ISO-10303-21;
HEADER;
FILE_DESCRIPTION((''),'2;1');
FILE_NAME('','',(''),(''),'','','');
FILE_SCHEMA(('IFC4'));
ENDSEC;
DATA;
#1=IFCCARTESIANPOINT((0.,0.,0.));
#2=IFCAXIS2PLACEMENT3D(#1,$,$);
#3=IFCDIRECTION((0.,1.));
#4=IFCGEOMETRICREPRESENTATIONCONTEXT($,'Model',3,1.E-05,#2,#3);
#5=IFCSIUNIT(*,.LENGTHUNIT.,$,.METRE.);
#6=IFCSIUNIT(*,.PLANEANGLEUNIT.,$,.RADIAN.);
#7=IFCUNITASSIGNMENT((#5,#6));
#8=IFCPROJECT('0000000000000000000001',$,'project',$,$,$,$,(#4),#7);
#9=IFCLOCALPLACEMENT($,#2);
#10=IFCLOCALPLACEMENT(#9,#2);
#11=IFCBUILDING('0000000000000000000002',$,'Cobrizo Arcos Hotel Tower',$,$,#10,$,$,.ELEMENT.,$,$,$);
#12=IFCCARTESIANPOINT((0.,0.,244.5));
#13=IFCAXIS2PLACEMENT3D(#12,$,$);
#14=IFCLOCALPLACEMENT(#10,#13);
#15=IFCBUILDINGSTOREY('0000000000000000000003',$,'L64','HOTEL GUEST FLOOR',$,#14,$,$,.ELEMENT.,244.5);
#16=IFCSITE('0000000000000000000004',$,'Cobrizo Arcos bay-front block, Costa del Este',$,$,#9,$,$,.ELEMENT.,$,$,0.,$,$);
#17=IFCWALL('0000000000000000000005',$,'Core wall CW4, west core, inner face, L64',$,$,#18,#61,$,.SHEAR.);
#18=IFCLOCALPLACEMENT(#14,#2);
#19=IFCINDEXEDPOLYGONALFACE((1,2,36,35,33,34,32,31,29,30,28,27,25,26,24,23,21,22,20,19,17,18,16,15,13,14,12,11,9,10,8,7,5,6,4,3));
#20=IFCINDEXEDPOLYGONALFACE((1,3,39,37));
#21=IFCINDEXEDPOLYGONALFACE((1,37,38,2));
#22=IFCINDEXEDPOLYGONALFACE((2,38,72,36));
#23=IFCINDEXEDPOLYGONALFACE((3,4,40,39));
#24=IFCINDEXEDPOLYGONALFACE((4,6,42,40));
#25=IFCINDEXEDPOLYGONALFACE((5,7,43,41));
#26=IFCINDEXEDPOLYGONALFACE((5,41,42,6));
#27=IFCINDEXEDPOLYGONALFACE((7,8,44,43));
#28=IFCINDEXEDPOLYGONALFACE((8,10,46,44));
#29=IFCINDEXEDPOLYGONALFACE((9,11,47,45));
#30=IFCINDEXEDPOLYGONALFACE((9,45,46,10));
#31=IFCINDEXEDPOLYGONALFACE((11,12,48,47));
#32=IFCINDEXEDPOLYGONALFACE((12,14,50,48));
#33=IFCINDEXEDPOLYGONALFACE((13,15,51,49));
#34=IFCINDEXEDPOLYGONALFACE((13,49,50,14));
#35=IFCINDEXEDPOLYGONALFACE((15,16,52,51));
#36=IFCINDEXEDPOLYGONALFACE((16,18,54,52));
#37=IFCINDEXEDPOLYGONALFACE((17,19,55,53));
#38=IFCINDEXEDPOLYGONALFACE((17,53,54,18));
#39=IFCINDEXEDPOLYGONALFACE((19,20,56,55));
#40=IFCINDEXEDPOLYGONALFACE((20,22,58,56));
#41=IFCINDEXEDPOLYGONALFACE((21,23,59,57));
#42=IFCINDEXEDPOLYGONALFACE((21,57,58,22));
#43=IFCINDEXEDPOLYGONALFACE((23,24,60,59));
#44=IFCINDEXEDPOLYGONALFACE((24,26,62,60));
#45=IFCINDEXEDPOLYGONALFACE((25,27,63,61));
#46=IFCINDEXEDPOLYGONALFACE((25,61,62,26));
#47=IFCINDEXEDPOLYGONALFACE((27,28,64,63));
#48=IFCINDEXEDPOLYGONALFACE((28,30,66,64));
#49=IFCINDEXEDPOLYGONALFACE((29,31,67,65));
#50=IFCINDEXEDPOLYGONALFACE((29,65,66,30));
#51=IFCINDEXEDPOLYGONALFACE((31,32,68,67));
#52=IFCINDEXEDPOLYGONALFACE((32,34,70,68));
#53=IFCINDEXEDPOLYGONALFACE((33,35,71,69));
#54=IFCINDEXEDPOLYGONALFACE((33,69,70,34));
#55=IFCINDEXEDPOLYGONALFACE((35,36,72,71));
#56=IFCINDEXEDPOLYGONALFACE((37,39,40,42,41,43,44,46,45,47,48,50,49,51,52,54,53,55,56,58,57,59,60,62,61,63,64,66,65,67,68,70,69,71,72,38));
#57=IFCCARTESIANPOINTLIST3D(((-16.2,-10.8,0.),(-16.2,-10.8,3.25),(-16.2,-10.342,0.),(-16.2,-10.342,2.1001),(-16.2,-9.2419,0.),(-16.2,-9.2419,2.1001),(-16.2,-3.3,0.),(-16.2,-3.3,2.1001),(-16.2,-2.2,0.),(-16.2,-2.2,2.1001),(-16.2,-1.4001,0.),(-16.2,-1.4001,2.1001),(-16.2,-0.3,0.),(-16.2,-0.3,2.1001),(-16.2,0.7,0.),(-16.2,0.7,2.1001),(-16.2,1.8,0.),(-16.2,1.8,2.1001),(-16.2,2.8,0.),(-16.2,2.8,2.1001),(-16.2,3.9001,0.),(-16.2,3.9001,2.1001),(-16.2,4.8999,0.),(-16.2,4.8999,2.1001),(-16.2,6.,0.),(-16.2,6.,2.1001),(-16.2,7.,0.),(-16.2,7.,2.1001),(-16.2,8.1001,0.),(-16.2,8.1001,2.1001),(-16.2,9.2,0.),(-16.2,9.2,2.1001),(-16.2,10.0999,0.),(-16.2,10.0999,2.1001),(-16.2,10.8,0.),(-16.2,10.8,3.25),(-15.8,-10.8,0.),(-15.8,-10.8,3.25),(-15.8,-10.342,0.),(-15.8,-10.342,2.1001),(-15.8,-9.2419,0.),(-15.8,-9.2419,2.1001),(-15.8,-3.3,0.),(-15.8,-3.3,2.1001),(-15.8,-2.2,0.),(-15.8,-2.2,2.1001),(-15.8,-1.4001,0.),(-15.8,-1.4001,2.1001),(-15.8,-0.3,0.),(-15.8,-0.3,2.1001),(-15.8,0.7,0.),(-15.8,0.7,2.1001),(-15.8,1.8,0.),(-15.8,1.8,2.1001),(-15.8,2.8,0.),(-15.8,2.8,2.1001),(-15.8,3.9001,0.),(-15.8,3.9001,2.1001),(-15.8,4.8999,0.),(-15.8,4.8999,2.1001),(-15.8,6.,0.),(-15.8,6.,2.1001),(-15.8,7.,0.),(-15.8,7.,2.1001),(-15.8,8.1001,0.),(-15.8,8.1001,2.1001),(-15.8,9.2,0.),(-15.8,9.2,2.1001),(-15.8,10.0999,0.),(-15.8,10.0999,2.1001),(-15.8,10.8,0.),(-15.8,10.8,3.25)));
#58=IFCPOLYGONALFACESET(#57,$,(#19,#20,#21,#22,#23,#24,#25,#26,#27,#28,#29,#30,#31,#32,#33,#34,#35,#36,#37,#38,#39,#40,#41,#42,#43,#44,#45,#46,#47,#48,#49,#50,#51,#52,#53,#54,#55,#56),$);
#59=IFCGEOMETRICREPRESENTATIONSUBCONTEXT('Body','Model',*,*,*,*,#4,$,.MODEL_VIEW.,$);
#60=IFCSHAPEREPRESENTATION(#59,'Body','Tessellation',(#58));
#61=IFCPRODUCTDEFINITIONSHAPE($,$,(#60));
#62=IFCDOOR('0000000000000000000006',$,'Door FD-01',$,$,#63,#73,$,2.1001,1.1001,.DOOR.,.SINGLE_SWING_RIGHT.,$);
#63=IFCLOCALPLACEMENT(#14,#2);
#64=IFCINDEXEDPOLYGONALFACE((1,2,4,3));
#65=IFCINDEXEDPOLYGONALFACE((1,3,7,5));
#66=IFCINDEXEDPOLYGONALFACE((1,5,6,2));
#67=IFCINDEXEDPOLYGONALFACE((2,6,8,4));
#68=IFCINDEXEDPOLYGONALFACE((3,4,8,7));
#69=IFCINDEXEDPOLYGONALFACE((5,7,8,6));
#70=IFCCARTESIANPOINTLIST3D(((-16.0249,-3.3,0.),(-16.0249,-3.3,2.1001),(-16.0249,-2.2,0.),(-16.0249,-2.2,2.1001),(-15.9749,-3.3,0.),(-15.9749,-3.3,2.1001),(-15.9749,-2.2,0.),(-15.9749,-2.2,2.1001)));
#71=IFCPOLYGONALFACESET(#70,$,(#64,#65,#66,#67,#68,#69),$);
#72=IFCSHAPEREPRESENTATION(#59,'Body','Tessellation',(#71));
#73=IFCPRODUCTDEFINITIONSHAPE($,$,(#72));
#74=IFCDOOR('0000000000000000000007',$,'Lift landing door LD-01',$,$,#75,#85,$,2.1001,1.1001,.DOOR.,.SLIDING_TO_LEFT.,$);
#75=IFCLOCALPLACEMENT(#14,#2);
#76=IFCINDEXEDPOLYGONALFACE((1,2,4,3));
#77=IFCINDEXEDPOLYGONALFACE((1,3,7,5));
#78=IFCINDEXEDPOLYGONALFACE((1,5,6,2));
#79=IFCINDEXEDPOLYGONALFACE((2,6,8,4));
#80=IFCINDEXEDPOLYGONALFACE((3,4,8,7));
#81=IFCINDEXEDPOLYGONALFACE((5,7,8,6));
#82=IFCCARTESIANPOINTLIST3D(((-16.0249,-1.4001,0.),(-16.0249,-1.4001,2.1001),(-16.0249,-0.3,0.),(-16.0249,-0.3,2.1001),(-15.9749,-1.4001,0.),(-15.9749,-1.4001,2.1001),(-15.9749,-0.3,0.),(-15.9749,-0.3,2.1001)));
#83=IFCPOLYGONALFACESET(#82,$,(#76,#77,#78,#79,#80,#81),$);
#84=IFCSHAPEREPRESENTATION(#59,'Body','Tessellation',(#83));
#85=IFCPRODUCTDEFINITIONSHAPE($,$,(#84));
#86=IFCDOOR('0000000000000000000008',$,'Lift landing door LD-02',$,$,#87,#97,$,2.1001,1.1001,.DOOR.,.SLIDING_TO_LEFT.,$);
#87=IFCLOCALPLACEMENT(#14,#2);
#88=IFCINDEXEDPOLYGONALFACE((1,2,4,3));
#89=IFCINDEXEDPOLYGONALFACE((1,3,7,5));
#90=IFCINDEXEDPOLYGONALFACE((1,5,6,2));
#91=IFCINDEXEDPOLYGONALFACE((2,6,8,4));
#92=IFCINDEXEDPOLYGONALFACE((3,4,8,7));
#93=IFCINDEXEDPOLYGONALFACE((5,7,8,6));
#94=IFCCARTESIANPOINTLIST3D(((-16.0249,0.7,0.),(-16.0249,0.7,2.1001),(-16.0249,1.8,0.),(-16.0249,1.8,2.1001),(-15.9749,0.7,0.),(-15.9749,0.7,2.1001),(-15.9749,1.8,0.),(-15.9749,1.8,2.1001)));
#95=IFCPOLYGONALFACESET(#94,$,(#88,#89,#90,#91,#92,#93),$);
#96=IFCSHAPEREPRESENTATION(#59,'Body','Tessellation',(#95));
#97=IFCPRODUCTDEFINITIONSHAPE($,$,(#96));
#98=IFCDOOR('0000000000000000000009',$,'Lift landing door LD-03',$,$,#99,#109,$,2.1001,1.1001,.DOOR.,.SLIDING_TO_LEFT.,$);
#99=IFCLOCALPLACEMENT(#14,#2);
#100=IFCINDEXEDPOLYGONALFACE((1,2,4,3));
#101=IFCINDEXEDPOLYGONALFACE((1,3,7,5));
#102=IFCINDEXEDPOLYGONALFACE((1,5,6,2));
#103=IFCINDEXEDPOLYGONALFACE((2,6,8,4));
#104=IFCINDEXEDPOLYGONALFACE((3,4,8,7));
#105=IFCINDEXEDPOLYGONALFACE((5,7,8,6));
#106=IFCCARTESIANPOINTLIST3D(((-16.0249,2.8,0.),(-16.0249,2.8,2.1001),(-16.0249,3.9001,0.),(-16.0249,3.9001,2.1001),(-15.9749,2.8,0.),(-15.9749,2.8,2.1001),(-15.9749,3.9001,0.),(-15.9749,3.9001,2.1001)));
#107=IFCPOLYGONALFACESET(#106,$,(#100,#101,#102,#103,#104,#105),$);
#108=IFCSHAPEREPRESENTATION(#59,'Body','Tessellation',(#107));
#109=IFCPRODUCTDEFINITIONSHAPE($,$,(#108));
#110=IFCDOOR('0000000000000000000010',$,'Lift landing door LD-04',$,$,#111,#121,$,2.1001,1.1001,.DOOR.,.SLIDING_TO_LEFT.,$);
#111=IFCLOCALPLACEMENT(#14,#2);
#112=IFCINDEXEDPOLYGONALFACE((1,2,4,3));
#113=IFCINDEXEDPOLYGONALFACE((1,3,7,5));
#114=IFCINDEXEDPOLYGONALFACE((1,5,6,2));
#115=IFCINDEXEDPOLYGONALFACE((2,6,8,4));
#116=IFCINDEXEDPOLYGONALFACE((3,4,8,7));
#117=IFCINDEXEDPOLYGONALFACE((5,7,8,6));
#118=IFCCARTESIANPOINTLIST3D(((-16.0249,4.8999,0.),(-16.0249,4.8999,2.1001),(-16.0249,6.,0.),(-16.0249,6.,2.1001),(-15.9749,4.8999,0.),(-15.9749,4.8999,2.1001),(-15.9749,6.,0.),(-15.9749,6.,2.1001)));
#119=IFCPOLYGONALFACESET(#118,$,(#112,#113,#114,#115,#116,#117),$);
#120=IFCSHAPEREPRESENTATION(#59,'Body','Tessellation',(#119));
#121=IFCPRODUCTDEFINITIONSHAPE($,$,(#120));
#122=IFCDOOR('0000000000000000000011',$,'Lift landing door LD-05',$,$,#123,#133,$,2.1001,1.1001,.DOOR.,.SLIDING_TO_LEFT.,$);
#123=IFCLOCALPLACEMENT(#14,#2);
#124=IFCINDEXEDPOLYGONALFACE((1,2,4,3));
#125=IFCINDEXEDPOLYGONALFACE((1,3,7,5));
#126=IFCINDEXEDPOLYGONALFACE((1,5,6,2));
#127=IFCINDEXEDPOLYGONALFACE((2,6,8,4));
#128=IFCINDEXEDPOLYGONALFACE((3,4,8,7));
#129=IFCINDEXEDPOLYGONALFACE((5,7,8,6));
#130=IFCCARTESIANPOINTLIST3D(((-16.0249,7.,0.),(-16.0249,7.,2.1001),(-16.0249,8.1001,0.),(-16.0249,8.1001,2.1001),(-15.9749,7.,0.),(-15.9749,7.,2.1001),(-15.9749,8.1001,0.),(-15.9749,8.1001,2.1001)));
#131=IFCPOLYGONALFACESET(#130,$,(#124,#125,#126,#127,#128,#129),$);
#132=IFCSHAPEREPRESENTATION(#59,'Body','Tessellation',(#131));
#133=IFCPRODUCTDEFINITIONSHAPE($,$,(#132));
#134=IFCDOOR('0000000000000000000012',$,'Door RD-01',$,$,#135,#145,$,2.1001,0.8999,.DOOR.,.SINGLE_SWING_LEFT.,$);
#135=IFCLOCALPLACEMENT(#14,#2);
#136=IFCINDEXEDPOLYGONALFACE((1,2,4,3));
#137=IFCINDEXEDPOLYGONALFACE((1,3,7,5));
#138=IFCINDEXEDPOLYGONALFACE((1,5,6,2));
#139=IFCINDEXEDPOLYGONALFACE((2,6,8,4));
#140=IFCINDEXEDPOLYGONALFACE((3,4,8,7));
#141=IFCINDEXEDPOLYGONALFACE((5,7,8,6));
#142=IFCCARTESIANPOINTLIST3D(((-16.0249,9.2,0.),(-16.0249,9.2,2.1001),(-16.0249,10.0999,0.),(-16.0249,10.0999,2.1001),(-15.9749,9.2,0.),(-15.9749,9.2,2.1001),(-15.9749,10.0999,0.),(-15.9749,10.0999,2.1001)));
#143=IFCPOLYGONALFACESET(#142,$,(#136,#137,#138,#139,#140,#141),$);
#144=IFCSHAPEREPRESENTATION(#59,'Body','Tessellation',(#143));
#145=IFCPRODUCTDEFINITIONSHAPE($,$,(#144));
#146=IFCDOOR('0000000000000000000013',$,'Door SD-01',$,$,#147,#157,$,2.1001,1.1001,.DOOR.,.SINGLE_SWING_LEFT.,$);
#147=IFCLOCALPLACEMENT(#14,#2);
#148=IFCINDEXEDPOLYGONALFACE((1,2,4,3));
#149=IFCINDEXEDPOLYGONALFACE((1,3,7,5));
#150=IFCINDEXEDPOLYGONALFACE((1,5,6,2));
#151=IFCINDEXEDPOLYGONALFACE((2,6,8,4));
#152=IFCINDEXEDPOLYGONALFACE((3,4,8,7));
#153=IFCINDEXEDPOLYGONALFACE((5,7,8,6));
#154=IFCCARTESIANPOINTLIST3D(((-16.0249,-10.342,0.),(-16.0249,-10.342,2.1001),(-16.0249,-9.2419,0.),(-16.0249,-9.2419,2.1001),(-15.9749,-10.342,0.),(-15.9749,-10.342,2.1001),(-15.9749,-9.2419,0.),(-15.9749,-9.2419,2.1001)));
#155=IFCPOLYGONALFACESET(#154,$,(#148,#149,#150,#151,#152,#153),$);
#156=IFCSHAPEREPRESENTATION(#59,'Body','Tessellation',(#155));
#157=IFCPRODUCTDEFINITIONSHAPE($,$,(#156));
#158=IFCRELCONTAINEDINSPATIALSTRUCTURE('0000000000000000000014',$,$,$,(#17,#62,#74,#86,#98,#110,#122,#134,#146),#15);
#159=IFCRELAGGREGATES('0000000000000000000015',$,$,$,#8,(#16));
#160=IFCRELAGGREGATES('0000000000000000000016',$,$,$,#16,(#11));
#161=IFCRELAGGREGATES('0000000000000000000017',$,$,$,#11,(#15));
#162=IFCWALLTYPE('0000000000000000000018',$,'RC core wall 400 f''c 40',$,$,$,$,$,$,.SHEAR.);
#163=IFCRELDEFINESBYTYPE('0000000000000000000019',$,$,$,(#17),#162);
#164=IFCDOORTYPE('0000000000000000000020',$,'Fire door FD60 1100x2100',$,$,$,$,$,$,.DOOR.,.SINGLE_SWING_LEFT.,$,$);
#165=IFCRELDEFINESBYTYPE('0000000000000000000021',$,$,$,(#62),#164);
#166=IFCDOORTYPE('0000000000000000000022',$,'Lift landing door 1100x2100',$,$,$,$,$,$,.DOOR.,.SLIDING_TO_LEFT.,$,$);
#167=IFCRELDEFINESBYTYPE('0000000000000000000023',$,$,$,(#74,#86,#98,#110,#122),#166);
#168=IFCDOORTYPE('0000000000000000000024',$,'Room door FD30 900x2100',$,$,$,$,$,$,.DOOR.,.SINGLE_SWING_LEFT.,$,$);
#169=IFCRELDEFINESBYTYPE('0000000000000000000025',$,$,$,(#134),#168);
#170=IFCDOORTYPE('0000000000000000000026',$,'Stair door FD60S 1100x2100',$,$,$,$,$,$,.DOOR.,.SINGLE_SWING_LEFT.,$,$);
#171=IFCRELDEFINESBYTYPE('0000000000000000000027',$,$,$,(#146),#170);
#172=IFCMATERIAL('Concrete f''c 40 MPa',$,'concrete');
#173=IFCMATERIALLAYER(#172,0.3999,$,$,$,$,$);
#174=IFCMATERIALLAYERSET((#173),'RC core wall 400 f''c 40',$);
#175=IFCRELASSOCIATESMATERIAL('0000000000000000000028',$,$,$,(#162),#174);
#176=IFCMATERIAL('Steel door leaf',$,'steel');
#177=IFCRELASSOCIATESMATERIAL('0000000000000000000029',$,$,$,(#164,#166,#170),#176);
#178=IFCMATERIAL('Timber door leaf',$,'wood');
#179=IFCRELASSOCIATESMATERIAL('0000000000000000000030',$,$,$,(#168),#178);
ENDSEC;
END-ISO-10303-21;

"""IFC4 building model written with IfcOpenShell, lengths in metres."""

from ifc_helpers import new_model, si_unit, direction, frame, frame_2d, origin, place, context, subcontext, project, spatial, rectangle, extrude, material, layer, layer_set, type_object, element, fill, save


model = new_model("IFC4")

# Units and contexts
model_context = context("Model", 3, precision=1e-05, world=origin(), true_north=direction((0.0, 1.0)))
body_context = subcontext(model_context, "Body", "Model", "MODEL_VIEW")
ifc_project = project(units=[si_unit("LENGTHUNIT", "METRE"), si_unit("PLANEANGLEUNIT", "RADIAN")], contexts=[model_context])

# Site, building, storey
site_placement = place(None, origin())
site = spatial("IfcSite", under=ifc_project, at=site_placement, Name="Cobrizo Arcos bay-front block, Costa del Este", CompositionType="ELEMENT", RefElevation=0.0)
building_placement = place(site_placement, origin())
building = spatial("IfcBuilding", under=site, at=building_placement, Name="Cobrizo Arcos Hotel Tower", CompositionType="ELEMENT")
storey_placement = place(building_placement, frame((0.0, 0.0, 244.5)))
storey = spatial("IfcBuildingStorey", under=building, at=storey_placement, Name="L64", Description="HOTEL GUEST FLOOR", CompositionType="ELEMENT", Elevation=244.5)

# Wall, openings, doors
ifc_material_1 = material(Name="Concrete f'c 40 MPa", Category="concrete")
ifc_layer_1 = layer(ifc_material_1, 0.3999)
ifc_layer_set_1 = layer_set([ifc_layer_1], Name="RC core wall 400 f'c 40")
wall_type_1 = type_object("IfcWallType", Name="RC core wall 400 f'c 40", PredefinedType="SHEAR", material=ifc_layer_set_1)
wall_1_placement = place(storey_placement, frame((-16.0, -10.8, 0.0), z_axis=(0.0, 0.0, 1.0), x_axis=(0.0, 1.0, 0.0)))
wall_1 = element("IfcWall", 1, at=wall_1_placement, inside=storey, type_object=wall_type_1, Name="Core wall CW4, west core, inner face, L64", PredefinedType="SHEAR", context=body_context, shape_type="SweptSolid", body=[
    extrude(rectangle(XDim=21.6001, YDim=0.3999, at=frame_2d((10.8, 0.0))), origin(), (0.0, 0.0, 1.0), 3.25),
])
opening_1_placement = place(wall_1_placement, frame((9.3999, 0.0, 0.0)))
opening_1 = element("IfcOpeningElement", 2, at=opening_1_placement, cuts=wall_1, PredefinedType="OPENING", context=body_context, shape_type="SweptSolid", body=[
    extrude(rectangle(XDim=1.1001, YDim=2.1001, at=frame_2d((0.55, 1.05))), frame((0.0, 0.2119, 0.0), z_axis=(0.0, -1.0, 0.0), x_axis=(1.0, 0.0, 0.0)), (0.0, 0.0, 1.0), 0.4238),
])
opening_2_placement = place(wall_1_placement, frame((11.5, 0.0, 0.0)))
opening_2 = element("IfcOpeningElement", 3, at=opening_2_placement, cuts=wall_1, PredefinedType="OPENING", context=body_context, shape_type="SweptSolid", body=[
    extrude(rectangle(XDim=1.1001, YDim=2.1001, at=frame_2d((0.55, 1.05))), frame((0.0, 0.2119, 0.0), z_axis=(0.0, -1.0, 0.0), x_axis=(1.0, 0.0, 0.0)), (0.0, 0.0, 1.0), 0.4238),
])
opening_3_placement = place(wall_1_placement, frame((13.6001, 0.0, 0.0)))
opening_3 = element("IfcOpeningElement", 4, at=opening_3_placement, cuts=wall_1, PredefinedType="OPENING", context=body_context, shape_type="SweptSolid", body=[
    extrude(rectangle(XDim=1.1001, YDim=2.1001, at=frame_2d((0.55, 1.05))), frame((0.0, 0.2119, 0.0), z_axis=(0.0, -1.0, 0.0), x_axis=(1.0, 0.0, 0.0)), (0.0, 0.0, 1.0), 0.4238),
])
opening_4_placement = place(wall_1_placement, frame((15.7, 0.0, 0.0)))
opening_4 = element("IfcOpeningElement", 5, at=opening_4_placement, cuts=wall_1, PredefinedType="OPENING", context=body_context, shape_type="SweptSolid", body=[
    extrude(rectangle(XDim=1.1001, YDim=2.1001, at=frame_2d((0.55, 1.05))), frame((0.0, 0.2119, 0.0), z_axis=(0.0, -1.0, 0.0), x_axis=(1.0, 0.0, 0.0)), (0.0, 0.0, 1.0), 0.4238),
])
opening_5_placement = place(wall_1_placement, frame((17.8, 0.0, 0.0)))
opening_5 = element("IfcOpeningElement", 6, at=opening_5_placement, cuts=wall_1, PredefinedType="OPENING", context=body_context, shape_type="SweptSolid", body=[
    extrude(rectangle(XDim=1.1001, YDim=2.1001, at=frame_2d((0.55, 1.05))), frame((0.0, 0.2119, 0.0), z_axis=(0.0, -1.0, 0.0), x_axis=(1.0, 0.0, 0.0)), (0.0, 0.0, 1.0), 0.4238),
])
opening_6_placement = place(wall_1_placement, frame((0.458, 0.0, 0.0)))
opening_6 = element("IfcOpeningElement", 7, at=opening_6_placement, cuts=wall_1, PredefinedType="OPENING", context=body_context, shape_type="SweptSolid", body=[
    extrude(rectangle(XDim=1.1001, YDim=2.1001, at=frame_2d((0.55, 1.05))), frame((0.0, 0.2119, 0.0), z_axis=(0.0, -1.0, 0.0), x_axis=(1.0, 0.0, 0.0)), (0.0, 0.0, 1.0), 0.4238),
])
opening_7_placement = place(wall_1_placement, frame((7.5, 0.0, 0.0)))
opening_7 = element("IfcOpeningElement", 8, at=opening_7_placement, cuts=wall_1, PredefinedType="OPENING", context=body_context, shape_type="SweptSolid", body=[
    extrude(rectangle(XDim=1.1001, YDim=2.1001, at=frame_2d((0.55, 1.05))), frame((0.0, 0.2119, 0.0), z_axis=(0.0, -1.0, 0.0), x_axis=(1.0, 0.0, 0.0)), (0.0, 0.0, 1.0), 0.4238),
])
opening_8_placement = place(wall_1_placement, frame((20.0, 0.0, 0.0)))
opening_8 = element("IfcOpeningElement", 9, at=opening_8_placement, cuts=wall_1, PredefinedType="OPENING", context=body_context, shape_type="SweptSolid", body=[
    extrude(rectangle(XDim=0.8999, YDim=2.1001, at=frame_2d((0.45, 1.05))), frame((0.0, 0.2119, 0.0), z_axis=(0.0, -1.0, 0.0), x_axis=(1.0, 0.0, 0.0)), (0.0, 0.0, 1.0), 0.4238),
])
ifc_material_2 = material(Name="Steel door leaf", Category="steel")
door_type_1 = type_object("IfcDoorType", Name="Fire door FD60 1100x2100", OperationType="SINGLE_SWING_LEFT", PredefinedType="DOOR", material=ifc_material_2)
door_1_placement = place(opening_7_placement, origin())
door_1 = element("IfcDoor", 10, at=door_1_placement, inside=storey, type_object=door_type_1, Name="Door FD-01", OperationType="SINGLE_SWING_RIGHT", OverallHeight=2.1001, OverallWidth=1.1001, PredefinedType="DOOR", context=body_context, shape_type="SweptSolid", body=[
    extrude(rectangle(XDim=1.1001, YDim=2.1001, at=frame_2d((0.55, 1.05))), frame((0.0, 0.0249, 0.0), z_axis=(0.0, -1.0, 0.0), x_axis=(1.0, 0.0, 0.0)), (0.0, 0.0, 1.0), 0.05),
])
fill(opening_7, door_1)
door_type_2 = type_object("IfcDoorType", Name="Lift landing door 1100x2100", OperationType="SLIDING_TO_LEFT", PredefinedType="DOOR", material=ifc_material_2)
door_2_placement = place(opening_1_placement, origin())
door_2 = element("IfcDoor", 11, at=door_2_placement, inside=storey, type_object=door_type_2, Name="Lift landing door LD-01", OperationType="SLIDING_TO_LEFT", OverallHeight=2.1001, OverallWidth=1.1001, PredefinedType="DOOR", context=body_context, shape_type="SweptSolid", body=[
    extrude(rectangle(XDim=1.1001, YDim=2.1001, at=frame_2d((0.55, 1.05))), frame((0.0, 0.0249, 0.0), z_axis=(0.0, -1.0, 0.0), x_axis=(1.0, 0.0, 0.0)), (0.0, 0.0, 1.0), 0.05),
])
fill(opening_1, door_2)
door_3_placement = place(opening_2_placement, origin())
door_3 = element("IfcDoor", 12, at=door_3_placement, inside=storey, type_object=door_type_2, Name="Lift landing door LD-02", OperationType="SLIDING_TO_LEFT", OverallHeight=2.1001, OverallWidth=1.1001, PredefinedType="DOOR", context=body_context, shape_type="SweptSolid", body=[
    extrude(rectangle(XDim=1.1001, YDim=2.1001, at=frame_2d((0.55, 1.05))), frame((0.0, 0.0249, 0.0), z_axis=(0.0, -1.0, 0.0), x_axis=(1.0, 0.0, 0.0)), (0.0, 0.0, 1.0), 0.05),
])
fill(opening_2, door_3)
door_4_placement = place(opening_3_placement, origin())
door_4 = element("IfcDoor", 13, at=door_4_placement, inside=storey, type_object=door_type_2, Name="Lift landing door LD-03", OperationType="SLIDING_TO_LEFT", OverallHeight=2.1001, OverallWidth=1.1001, PredefinedType="DOOR", context=body_context, shape_type="SweptSolid", body=[
    extrude(rectangle(XDim=1.1001, YDim=2.1001, at=frame_2d((0.55, 1.05))), frame((0.0, 0.0249, 0.0), z_axis=(0.0, -1.0, 0.0), x_axis=(1.0, 0.0, 0.0)), (0.0, 0.0, 1.0), 0.05),
])
fill(opening_3, door_4)
door_5_placement = place(opening_4_placement, origin())
door_5 = element("IfcDoor", 14, at=door_5_placement, inside=storey, type_object=door_type_2, Name="Lift landing door LD-04", OperationType="SLIDING_TO_LEFT", OverallHeight=2.1001, OverallWidth=1.1001, PredefinedType="DOOR", context=body_context, shape_type="SweptSolid", body=[
    extrude(rectangle(XDim=1.1001, YDim=2.1001, at=frame_2d((0.55, 1.05))), frame((0.0, 0.0249, 0.0), z_axis=(0.0, -1.0, 0.0), x_axis=(1.0, 0.0, 0.0)), (0.0, 0.0, 1.0), 0.05),
])
fill(opening_4, door_5)
door_6_placement = place(opening_5_placement, origin())
door_6 = element("IfcDoor", 15, at=door_6_placement, inside=storey, type_object=door_type_2, Name="Lift landing door LD-05", OperationType="SLIDING_TO_LEFT", OverallHeight=2.1001, OverallWidth=1.1001, PredefinedType="DOOR", context=body_context, shape_type="SweptSolid", body=[
    extrude(rectangle(XDim=1.1001, YDim=2.1001, at=frame_2d((0.55, 1.05))), frame((0.0, 0.0249, 0.0), z_axis=(0.0, -1.0, 0.0), x_axis=(1.0, 0.0, 0.0)), (0.0, 0.0, 1.0), 0.05),
])
fill(opening_5, door_6)
ifc_material_3 = material(Name="Timber door leaf", Category="wood")
door_type_3 = type_object("IfcDoorType", Name="Room door FD30 900x2100", OperationType="SINGLE_SWING_LEFT", PredefinedType="DOOR", material=ifc_material_3)
door_7_placement = place(opening_8_placement, origin())
door_7 = element("IfcDoor", 16, at=door_7_placement, inside=storey, type_object=door_type_3, Name="Door RD-01", OperationType="SINGLE_SWING_LEFT", OverallHeight=2.1001, OverallWidth=0.8999, PredefinedType="DOOR", context=body_context, shape_type="SweptSolid", body=[
    extrude(rectangle(XDim=0.8999, YDim=2.1001, at=frame_2d((0.45, 1.05))), frame((0.0, 0.0249, 0.0), z_axis=(0.0, -1.0, 0.0), x_axis=(1.0, 0.0, 0.0)), (0.0, 0.0, 1.0), 0.05),
])
fill(opening_8, door_7)
door_type_4 = type_object("IfcDoorType", Name="Stair door FD60S 1100x2100", OperationType="SINGLE_SWING_LEFT", PredefinedType="DOOR", material=ifc_material_2)
door_8_placement = place(opening_6_placement, origin())
door_8 = element("IfcDoor", 17, at=door_8_placement, inside=storey, type_object=door_type_4, Name="Door SD-01", OperationType="SINGLE_SWING_LEFT", OverallHeight=2.1001, OverallWidth=1.1001, PredefinedType="DOOR", context=body_context, shape_type="SweptSolid", body=[
    extrude(rectangle(XDim=1.1001, YDim=2.1001, at=frame_2d((0.55, 1.05))), frame((0.0, 0.0249, 0.0), z_axis=(0.0, -1.0, 0.0), x_axis=(1.0, 0.0, 0.0)), (0.0, 0.0, 1.0), 0.05),
])
fill(opening_6, door_8)

save(model, "model.ifc")
